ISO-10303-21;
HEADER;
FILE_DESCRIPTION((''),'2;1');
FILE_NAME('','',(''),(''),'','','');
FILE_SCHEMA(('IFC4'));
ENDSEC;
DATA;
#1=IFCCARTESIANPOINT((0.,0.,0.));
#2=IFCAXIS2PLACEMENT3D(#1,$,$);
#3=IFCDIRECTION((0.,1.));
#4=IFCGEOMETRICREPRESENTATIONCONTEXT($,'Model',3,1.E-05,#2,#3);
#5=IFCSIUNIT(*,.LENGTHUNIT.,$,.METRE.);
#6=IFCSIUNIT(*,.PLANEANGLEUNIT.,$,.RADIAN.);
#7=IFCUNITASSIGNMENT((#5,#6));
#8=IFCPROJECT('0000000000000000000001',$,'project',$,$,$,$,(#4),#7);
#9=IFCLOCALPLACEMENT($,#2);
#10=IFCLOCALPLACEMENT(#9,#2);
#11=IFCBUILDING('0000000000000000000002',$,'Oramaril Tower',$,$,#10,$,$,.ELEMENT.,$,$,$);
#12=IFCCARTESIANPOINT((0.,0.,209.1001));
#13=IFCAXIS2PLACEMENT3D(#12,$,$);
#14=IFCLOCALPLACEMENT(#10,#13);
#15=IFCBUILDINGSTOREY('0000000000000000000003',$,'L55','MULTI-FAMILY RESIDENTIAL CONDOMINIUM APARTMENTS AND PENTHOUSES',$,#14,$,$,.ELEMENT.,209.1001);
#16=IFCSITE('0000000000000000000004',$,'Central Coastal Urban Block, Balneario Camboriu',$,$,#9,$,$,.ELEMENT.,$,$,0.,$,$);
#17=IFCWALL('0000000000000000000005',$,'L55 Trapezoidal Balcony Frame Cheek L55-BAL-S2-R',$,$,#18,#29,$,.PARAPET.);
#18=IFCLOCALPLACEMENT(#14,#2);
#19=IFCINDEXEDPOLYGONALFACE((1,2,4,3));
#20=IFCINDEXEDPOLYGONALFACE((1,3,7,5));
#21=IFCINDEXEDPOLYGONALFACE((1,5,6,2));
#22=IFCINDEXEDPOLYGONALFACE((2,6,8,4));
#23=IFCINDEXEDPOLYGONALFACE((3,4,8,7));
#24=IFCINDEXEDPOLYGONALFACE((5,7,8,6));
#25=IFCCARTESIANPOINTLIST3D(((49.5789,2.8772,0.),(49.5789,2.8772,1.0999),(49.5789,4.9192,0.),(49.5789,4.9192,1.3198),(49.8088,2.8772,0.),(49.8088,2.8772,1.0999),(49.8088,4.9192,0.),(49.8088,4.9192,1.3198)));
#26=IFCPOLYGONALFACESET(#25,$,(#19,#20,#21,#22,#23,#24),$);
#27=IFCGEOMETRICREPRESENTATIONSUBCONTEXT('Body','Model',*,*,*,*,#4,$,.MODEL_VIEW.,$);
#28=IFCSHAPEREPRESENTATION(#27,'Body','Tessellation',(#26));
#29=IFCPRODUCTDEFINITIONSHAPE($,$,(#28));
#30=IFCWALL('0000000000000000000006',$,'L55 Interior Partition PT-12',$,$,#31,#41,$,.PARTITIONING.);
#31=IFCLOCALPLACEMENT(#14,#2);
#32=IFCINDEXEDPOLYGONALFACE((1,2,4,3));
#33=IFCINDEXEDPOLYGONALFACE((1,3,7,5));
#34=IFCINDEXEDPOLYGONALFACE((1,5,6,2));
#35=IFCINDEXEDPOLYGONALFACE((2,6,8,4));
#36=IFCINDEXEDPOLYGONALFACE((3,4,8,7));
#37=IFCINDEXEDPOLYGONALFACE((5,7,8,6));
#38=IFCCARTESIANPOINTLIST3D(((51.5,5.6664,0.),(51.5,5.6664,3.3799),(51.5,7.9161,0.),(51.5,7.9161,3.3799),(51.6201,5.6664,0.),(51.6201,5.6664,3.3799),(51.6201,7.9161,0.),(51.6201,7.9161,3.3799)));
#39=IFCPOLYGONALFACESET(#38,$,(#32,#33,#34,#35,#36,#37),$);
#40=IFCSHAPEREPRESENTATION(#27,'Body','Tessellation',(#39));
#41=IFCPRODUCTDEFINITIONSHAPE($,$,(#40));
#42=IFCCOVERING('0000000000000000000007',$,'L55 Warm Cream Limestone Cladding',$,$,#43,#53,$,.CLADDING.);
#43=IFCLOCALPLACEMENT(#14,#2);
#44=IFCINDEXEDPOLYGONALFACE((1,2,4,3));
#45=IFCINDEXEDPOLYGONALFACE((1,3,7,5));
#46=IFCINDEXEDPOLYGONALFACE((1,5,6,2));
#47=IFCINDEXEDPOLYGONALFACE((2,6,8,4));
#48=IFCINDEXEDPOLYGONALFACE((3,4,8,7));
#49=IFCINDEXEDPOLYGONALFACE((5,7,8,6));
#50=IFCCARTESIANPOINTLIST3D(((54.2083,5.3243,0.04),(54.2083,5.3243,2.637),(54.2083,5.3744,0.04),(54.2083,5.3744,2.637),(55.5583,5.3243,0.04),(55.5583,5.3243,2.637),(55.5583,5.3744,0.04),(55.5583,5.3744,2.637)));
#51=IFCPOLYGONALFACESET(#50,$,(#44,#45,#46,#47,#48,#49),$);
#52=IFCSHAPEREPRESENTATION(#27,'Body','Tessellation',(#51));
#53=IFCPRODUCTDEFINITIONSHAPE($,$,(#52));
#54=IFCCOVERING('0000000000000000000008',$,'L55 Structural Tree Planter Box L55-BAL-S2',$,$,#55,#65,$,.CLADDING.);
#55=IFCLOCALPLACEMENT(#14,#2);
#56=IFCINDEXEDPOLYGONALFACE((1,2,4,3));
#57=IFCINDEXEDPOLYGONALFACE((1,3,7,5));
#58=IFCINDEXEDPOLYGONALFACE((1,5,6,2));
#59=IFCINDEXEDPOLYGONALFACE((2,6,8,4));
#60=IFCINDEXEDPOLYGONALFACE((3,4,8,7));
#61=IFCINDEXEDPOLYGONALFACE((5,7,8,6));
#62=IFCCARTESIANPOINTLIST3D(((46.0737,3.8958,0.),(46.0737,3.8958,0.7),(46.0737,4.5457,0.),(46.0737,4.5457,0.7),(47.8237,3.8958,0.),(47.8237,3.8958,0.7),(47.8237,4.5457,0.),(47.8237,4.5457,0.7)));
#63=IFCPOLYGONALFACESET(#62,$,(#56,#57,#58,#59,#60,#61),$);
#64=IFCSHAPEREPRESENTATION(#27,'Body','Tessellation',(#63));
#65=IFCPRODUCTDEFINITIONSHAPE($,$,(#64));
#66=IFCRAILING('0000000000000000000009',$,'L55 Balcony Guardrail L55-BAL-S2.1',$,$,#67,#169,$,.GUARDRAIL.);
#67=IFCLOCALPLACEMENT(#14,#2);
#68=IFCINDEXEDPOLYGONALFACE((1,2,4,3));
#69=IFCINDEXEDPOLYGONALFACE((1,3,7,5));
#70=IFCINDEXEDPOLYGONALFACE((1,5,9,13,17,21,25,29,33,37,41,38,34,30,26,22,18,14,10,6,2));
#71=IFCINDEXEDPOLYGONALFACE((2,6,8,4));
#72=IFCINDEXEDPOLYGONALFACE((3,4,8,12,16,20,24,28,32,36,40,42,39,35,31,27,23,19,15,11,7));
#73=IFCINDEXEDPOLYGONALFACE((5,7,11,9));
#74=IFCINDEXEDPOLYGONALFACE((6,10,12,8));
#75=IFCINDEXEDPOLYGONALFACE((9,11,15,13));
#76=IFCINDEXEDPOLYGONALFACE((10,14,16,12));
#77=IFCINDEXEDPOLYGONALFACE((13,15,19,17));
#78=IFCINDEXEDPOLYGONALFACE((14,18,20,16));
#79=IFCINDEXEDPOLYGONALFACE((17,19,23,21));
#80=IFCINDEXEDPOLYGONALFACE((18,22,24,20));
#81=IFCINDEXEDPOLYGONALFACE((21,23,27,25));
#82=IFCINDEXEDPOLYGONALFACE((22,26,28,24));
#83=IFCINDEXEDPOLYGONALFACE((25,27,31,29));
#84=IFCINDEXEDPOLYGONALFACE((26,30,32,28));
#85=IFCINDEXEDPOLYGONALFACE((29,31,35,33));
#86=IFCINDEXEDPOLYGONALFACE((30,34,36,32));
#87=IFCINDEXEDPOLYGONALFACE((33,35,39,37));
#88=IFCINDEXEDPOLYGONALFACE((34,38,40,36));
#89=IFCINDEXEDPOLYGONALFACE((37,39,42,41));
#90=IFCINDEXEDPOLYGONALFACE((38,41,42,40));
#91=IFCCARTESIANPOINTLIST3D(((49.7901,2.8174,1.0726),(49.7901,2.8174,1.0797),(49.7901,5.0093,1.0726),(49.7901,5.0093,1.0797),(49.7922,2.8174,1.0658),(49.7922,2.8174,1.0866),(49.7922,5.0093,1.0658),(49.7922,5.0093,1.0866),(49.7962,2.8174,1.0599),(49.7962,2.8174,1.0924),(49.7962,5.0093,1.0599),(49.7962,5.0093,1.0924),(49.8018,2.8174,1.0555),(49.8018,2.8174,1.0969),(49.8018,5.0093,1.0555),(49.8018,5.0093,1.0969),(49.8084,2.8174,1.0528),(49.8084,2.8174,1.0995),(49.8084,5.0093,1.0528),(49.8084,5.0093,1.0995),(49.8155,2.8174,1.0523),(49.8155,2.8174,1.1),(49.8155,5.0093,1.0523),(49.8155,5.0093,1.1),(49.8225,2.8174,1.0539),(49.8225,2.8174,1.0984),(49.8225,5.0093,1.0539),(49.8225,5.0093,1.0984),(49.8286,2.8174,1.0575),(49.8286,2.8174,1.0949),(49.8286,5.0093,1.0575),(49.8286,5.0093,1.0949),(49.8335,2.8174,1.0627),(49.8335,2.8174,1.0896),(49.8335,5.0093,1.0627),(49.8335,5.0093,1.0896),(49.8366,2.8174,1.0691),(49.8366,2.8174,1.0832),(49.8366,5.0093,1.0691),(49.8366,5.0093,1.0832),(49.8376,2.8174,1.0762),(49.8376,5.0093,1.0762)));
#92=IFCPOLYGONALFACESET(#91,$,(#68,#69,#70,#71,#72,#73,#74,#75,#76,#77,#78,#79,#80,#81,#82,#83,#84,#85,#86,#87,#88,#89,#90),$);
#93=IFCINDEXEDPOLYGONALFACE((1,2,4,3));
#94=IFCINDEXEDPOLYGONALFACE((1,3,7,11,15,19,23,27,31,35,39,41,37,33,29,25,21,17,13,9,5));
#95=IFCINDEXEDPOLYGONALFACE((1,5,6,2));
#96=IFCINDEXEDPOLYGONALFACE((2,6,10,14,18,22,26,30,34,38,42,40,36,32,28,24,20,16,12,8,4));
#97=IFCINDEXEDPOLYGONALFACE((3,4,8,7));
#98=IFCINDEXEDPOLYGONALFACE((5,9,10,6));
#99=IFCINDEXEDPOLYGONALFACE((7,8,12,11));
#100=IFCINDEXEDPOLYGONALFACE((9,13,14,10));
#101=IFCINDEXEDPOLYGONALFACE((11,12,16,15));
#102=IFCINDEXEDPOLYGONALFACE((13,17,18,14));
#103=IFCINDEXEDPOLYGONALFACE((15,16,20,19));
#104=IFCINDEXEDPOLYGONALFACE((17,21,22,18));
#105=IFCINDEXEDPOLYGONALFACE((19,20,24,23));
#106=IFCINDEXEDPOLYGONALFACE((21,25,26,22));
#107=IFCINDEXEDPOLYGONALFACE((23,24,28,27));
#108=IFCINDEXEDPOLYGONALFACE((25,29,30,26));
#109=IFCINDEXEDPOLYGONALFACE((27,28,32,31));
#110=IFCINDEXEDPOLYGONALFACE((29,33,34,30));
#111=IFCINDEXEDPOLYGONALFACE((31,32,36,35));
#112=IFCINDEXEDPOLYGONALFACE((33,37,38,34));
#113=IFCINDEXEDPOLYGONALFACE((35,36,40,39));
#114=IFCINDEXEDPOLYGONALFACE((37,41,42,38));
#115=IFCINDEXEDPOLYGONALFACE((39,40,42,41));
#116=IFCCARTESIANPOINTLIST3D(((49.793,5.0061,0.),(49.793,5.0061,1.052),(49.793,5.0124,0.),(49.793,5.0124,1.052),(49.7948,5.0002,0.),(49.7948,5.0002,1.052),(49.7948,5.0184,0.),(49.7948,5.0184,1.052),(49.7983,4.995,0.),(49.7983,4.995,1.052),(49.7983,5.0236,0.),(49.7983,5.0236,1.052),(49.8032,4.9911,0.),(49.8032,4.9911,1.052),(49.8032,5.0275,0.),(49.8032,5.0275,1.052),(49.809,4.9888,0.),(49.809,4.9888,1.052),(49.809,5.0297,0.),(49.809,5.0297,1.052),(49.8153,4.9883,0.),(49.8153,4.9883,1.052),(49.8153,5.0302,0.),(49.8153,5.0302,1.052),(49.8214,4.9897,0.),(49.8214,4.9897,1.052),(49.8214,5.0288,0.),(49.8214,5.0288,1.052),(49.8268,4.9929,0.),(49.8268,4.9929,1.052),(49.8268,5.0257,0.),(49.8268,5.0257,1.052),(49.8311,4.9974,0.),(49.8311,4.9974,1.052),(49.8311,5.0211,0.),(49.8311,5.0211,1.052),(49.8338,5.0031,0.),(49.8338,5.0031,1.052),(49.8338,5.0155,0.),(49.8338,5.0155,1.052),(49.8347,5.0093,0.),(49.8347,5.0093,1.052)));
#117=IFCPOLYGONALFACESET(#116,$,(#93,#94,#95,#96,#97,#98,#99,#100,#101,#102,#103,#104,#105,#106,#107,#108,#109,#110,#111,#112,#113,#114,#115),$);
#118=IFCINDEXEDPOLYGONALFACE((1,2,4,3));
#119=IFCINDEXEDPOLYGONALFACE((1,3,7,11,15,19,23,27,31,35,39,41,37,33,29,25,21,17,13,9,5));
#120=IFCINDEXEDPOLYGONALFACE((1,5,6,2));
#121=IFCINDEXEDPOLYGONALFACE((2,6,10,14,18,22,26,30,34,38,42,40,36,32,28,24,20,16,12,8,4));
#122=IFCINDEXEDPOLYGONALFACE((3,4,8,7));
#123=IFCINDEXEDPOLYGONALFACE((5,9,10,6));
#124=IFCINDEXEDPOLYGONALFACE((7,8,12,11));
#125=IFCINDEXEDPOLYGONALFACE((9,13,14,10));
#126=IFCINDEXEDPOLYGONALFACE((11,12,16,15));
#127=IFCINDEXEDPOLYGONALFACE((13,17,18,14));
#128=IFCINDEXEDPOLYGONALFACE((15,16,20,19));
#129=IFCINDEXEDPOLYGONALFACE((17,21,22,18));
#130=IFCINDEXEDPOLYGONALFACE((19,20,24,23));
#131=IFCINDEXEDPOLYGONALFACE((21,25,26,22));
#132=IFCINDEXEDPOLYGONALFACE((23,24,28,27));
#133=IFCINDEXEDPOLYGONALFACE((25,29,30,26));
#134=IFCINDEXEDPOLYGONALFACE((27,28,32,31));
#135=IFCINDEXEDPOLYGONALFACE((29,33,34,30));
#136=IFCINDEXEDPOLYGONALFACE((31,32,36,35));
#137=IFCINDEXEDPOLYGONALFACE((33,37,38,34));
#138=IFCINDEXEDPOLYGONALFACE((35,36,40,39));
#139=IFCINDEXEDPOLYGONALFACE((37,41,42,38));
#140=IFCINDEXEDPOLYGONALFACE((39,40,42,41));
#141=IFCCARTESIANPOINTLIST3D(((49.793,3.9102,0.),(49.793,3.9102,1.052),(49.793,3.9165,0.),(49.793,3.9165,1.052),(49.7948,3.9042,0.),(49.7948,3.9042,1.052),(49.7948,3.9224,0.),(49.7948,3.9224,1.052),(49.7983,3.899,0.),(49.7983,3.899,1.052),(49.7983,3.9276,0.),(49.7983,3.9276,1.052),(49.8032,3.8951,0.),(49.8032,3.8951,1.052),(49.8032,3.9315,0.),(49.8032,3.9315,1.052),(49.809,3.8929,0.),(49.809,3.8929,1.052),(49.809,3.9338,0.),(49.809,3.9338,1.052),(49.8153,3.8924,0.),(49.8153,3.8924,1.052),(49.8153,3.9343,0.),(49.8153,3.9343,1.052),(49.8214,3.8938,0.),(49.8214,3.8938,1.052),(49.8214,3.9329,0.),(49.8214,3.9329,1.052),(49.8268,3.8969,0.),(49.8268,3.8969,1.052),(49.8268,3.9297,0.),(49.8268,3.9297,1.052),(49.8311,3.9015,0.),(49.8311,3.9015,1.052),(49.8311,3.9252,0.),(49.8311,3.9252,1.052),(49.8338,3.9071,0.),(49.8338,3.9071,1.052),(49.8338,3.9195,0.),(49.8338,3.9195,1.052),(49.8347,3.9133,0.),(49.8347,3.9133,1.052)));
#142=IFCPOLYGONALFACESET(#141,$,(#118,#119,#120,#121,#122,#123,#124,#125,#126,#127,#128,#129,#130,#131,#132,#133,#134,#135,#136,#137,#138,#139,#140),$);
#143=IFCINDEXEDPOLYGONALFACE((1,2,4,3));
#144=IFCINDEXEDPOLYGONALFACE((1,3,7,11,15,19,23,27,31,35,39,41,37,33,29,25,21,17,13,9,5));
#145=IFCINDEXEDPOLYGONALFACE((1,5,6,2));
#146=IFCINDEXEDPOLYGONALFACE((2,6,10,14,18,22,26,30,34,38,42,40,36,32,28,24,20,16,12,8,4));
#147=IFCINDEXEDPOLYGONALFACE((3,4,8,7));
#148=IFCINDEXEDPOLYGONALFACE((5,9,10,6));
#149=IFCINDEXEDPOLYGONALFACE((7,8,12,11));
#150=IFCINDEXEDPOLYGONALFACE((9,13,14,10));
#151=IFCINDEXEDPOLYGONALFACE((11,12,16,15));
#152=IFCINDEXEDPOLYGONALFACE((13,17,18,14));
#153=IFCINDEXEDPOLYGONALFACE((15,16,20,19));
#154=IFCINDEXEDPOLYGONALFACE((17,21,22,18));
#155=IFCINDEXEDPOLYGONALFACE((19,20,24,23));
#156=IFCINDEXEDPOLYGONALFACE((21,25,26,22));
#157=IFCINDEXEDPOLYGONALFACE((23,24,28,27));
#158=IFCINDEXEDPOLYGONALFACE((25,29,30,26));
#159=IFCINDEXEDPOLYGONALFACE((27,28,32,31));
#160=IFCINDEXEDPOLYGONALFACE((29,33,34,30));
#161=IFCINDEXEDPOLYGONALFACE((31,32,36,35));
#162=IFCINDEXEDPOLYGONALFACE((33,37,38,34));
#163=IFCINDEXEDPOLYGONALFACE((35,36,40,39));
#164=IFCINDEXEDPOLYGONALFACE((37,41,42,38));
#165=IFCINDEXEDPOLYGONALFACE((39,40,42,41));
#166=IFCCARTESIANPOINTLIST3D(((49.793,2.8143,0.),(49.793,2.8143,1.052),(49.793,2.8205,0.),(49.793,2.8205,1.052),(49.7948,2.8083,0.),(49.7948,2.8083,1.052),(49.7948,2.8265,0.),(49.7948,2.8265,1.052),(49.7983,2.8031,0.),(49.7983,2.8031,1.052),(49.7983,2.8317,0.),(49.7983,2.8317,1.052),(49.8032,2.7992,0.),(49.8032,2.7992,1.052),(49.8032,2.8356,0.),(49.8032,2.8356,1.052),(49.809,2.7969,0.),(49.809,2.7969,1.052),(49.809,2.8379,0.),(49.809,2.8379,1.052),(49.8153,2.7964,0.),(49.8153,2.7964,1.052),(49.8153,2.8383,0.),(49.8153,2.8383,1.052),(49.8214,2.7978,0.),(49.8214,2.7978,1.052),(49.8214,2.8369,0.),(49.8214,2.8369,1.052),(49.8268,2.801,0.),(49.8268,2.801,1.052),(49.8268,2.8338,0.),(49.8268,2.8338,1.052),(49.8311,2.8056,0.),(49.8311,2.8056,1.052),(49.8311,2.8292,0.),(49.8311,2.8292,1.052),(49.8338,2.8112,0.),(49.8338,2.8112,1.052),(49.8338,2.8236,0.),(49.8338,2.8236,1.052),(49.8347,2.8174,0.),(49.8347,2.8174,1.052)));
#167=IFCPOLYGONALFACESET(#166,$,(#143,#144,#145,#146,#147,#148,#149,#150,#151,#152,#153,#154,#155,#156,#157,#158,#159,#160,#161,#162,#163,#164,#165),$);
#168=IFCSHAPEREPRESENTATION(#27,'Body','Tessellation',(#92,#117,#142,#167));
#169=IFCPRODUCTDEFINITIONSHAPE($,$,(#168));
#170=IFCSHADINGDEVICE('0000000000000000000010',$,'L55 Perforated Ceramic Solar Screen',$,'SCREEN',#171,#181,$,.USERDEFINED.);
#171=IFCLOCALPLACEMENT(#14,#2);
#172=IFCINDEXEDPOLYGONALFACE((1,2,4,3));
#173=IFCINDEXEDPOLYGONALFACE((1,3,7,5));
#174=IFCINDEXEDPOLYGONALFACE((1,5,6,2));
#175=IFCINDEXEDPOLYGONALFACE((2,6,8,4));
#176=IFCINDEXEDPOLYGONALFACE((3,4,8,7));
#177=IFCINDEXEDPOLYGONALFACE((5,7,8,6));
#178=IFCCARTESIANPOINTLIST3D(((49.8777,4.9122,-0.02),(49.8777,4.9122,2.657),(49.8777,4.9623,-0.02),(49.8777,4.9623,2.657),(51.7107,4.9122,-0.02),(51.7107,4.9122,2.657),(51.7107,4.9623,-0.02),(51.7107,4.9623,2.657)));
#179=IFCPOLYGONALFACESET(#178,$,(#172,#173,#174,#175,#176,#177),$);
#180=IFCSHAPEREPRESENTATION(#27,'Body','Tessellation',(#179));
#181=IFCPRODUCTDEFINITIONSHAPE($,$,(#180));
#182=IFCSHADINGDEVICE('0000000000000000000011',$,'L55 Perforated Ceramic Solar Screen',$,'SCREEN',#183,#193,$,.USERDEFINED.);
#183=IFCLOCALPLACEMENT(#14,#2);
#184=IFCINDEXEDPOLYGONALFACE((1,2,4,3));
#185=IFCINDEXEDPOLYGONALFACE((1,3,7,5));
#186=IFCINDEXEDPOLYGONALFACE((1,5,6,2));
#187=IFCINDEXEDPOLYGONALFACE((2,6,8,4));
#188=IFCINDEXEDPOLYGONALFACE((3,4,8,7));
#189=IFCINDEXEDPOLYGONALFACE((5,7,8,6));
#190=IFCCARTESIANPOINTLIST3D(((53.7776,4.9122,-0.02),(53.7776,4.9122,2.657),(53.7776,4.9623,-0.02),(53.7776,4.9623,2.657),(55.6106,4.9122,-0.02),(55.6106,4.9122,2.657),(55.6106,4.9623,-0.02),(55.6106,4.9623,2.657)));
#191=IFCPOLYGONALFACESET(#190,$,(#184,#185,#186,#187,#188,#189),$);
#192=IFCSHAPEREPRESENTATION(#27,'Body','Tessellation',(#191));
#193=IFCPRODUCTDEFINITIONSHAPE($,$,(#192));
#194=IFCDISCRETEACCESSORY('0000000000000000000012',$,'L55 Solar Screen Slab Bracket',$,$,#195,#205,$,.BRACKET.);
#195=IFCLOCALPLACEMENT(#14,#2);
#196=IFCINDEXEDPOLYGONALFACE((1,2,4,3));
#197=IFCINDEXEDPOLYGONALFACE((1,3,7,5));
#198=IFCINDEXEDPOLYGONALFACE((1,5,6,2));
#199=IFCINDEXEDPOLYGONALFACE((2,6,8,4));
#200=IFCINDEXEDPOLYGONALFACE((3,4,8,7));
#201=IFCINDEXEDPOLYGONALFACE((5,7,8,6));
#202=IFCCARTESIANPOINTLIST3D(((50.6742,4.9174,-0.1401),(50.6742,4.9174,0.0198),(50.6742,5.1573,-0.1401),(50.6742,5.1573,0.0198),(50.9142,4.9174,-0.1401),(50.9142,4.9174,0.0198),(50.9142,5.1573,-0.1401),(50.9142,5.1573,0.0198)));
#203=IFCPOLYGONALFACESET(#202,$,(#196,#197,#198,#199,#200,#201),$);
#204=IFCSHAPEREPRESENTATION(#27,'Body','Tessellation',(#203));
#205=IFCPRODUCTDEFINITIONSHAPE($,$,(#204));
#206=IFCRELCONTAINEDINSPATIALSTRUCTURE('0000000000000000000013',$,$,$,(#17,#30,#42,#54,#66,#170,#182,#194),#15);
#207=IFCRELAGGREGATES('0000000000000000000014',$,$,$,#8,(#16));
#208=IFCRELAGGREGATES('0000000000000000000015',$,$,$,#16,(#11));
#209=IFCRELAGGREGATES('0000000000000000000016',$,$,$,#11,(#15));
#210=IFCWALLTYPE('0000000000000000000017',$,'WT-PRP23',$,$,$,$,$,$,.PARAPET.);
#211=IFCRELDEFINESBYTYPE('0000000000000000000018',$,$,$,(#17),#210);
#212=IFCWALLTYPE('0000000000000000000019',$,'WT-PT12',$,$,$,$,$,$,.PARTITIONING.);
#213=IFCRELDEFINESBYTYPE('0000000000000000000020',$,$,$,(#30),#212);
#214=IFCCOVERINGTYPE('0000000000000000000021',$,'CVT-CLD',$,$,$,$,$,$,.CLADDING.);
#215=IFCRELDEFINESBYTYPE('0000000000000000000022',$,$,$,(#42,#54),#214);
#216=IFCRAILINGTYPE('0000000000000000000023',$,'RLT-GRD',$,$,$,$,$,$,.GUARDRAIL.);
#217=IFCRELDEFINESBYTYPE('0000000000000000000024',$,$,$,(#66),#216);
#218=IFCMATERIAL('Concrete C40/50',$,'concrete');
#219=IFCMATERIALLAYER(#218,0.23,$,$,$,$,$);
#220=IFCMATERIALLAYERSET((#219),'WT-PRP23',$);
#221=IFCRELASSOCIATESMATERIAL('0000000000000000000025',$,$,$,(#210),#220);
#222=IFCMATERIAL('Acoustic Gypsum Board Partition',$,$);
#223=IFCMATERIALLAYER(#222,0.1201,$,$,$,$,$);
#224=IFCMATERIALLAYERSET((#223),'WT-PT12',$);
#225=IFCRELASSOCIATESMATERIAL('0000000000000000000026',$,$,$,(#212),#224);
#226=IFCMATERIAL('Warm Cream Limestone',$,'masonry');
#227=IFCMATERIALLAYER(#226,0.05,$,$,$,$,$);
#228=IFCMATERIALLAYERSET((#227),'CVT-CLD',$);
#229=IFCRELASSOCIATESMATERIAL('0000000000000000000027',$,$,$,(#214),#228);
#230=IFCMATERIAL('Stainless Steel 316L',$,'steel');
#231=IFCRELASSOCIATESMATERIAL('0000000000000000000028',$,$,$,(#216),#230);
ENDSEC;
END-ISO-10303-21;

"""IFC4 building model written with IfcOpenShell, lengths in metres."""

from ifc_helpers import new_model, si_unit, direction, frame, frame_2d, origin, origin_2d, place, context, subcontext, project, spatial, polyline, rectangle, circle, outline, extrude, material, layer, layer_set, type_object, element, save


model = new_model("IFC4")

# Units and contexts
model_context = context("Model", 3, precision=1e-05, world=origin(), true_north=direction((0.0, 1.0)))
body_context = subcontext(model_context, "Body", "Model", "MODEL_VIEW")
ifc_project = project(units=[si_unit("LENGTHUNIT", "METRE"), si_unit("PLANEANGLEUNIT", "RADIAN")], contexts=[model_context])

# Site, building, storey
site_placement = place(None, origin())
site = spatial("IfcSite", under=ifc_project, at=site_placement, Name="Central Coastal Urban Block, Balneario Camboriu", CompositionType="ELEMENT", RefElevation=0.0)
building_placement = place(site_placement, origin())
building = spatial("IfcBuilding", under=site, at=building_placement, Name="Oramaril Tower", CompositionType="ELEMENT")
storey_placement = place(building_placement, frame((0.0, 0.0, 209.1001)))
storey = spatial("IfcBuildingStorey", under=building, at=storey_placement, Name="L55", Description="MULTI-FAMILY RESIDENTIAL CONDOMINIUM APARTMENTS AND PENTHOUSES", CompositionType="ELEMENT", Elevation=209.1001)

# Walls
ifc_material_1 = material(Name="Concrete C40/50", Category="concrete")
ifc_layer_1 = layer(ifc_material_1, 0.23)
ifc_layer_set_1 = layer_set([ifc_layer_1], Name="WT-PRP23")
wall_type_1 = type_object("IfcWallType", Name="WT-PRP23", PredefinedType="PARAPET", material=ifc_layer_set_1)
wall_1_placement = place(storey_placement, frame((49.6938, 4.9192, 0.0), z_axis=(0.0, 0.0, 1.0), x_axis=(0.0, -1.0, 0.0)))
element("IfcWall", 1, at=wall_1_placement, inside=storey, type_object=wall_type_1, Name="L55 Trapezoidal Balcony Frame Cheek L55-BAL-S2-R", PredefinedType="PARAPET", context=body_context, shape_type="SweptSolid", body=[
    extrude(outline(polyline([(0.0, 0.0), (2.042, 0.0), (2.042, 1.0999), (0.0, 1.3198), (0.0, 0.0)])), frame((0.0, 0.115, 0.0), z_axis=(0.0, -1.0, 0.0), x_axis=(1.0, 0.0, 0.0)), (0.0, 0.0, 1.0), 0.23),
])
ifc_material_2 = material(Name="Acoustic Gypsum Board Partition")
ifc_layer_2 = layer(ifc_material_2, 0.1201)
ifc_layer_set_2 = layer_set([ifc_layer_2], Name="WT-PT12")
wall_type_2 = type_object("IfcWallType", Name="WT-PT12", PredefinedType="PARTITIONING", material=ifc_layer_set_2)
wall_2_placement = place(storey_placement, frame((51.5601, 5.6663, 0.0), z_axis=(0.0, 0.0, 1.0), x_axis=(0.0, 1.0, 0.0)))
element("IfcWall", 2, at=wall_2_placement, inside=storey, type_object=wall_type_2, Name="L55 Interior Partition PT-12", PredefinedType="PARTITIONING", context=body_context, shape_type="SweptSolid", body=[
    extrude(rectangle(XDim=2.2498, YDim=0.1201, at=frame_2d((1.125, 0.0))), origin(), (0.0, 0.0, 1.0), 3.3799),
])

# Coverings
ifc_material_3 = material(Name="Warm Cream Limestone", Category="masonry")
ifc_layer_3 = layer(ifc_material_3, 0.05)
ifc_layer_set_3 = layer_set([ifc_layer_3], Name="CVT-CLD")
covering_type = type_object("IfcCoveringType", Name="CVT-CLD", PredefinedType="CLADDING", material=ifc_layer_set_3)
covering_1_placement = place(storey_placement, frame((54.8833, 5.3494, 0.04), z_axis=(0.0, 0.0, 1.0), x_axis=(1.0, 0.0, 0.0)))
element("IfcCovering", 3, at=covering_1_placement, inside=storey, type_object=covering_type, Name="L55 Warm Cream Limestone Cladding", PredefinedType="CLADDING", context=body_context, shape_type="SweptSolid", body=[
    extrude(rectangle(XDim=1.3501, YDim=0.05, at=origin_2d()), origin(), (0.0, 0.0, 1.0), 2.5969),
])
covering_2_placement = place(storey_placement, frame((46.9487, 4.2207, 0.0), z_axis=(0.0, 0.0, 1.0), x_axis=(1.0, 0.0, 0.0)))
element("IfcCovering", 4, at=covering_2_placement, inside=storey, type_object=covering_type, Name="L55 Structural Tree Planter Box L55-BAL-S2", PredefinedType="CLADDING", context=body_context, shape_type="SweptSolid", body=[
    extrude(rectangle(XDim=1.75, YDim=0.6499, at=origin_2d()), origin(), (0.0, 0.0, 1.0), 0.7),
])

# Railing
ifc_material_4 = material(Name="Stainless Steel 316L", Category="steel")
railing_type = type_object("IfcRailingType", Name="RLT-GRD", PredefinedType="GUARDRAIL", material=ifc_material_4)
railing_1_placement = place(storey_placement, frame((49.8137, 5.0093, 0.0)))
element("IfcRailing", 5, at=railing_1_placement, inside=storey, type_object=railing_type, Name="L55 Balcony Guardrail L55-BAL-S2.1", PredefinedType="GUARDRAIL", context=body_context, shape_type="SweptSolid", body=[
    extrude(circle(Radius=0.0239, at=origin_2d()), frame((0.0, 0.0, 1.0762), z_axis=(0.0, -1.0, 0.0), x_axis=(1.0, 0.0, 0.0)), (0.0, 0.0, 1.0), 2.1919),
    extrude(circle(Radius=0.021, at=origin_2d()), origin(), (0.0, 0.0, 1.0), 1.052),
    extrude(circle(Radius=0.021, at=origin_2d()), frame((0.0, -1.0959, 0.0)), (0.0, 0.0, 1.0), 1.052),
    extrude(circle(Radius=0.021, at=origin_2d()), frame((0.0, -2.1919, 0.0)), (0.0, 0.0, 1.0), 1.052),
])

# Shading devices
for number, where, z_axis, x_axis, name in (
    (6, (50.7942, 4.9373, -0.02), (0.0, 0.0, 1.0), (1.0, 0.0, 0.0), "L55 Perforated Ceramic Solar Screen"),
    (7, (54.6941, 4.9373, -0.02), (0.0, 0.0, 1.0), (1.0, 0.0, 0.0), "L55 Perforated Ceramic Solar Screen"),
):
    element("IfcShadingDevice", number, at=place(storey_placement, frame(where, z_axis=z_axis, x_axis=x_axis)), inside=storey, Name=name, ObjectType="SCREEN", PredefinedType="USERDEFINED", context=body_context, shape_type="SweptSolid", body=[
        extrude(rectangle(XDim=1.833, YDim=0.05, at=origin_2d()), origin(), (0.0, 0.0, 1.0), 2.677),
    ])

# Discrete accessory
for number, where, z_axis, x_axis, name in (
    (8, (50.7942, 5.0374, -0.1401), (0.0, 0.0, 1.0), (1.0, 0.0, 0.0), "L55 Solar Screen Slab Bracket"),
):
    element("IfcDiscreteAccessory", number, at=place(storey_placement, frame(where, z_axis=z_axis, x_axis=x_axis)), inside=storey, Name=name, PredefinedType="BRACKET", context=body_context, shape_type="SweptSolid", body=[
        extrude(rectangle(XDim=0.24, YDim=0.24, at=origin_2d()), origin(), (0.0, 0.0, 1.0), 0.1599),
    ])

save(model, "model.ifc")
